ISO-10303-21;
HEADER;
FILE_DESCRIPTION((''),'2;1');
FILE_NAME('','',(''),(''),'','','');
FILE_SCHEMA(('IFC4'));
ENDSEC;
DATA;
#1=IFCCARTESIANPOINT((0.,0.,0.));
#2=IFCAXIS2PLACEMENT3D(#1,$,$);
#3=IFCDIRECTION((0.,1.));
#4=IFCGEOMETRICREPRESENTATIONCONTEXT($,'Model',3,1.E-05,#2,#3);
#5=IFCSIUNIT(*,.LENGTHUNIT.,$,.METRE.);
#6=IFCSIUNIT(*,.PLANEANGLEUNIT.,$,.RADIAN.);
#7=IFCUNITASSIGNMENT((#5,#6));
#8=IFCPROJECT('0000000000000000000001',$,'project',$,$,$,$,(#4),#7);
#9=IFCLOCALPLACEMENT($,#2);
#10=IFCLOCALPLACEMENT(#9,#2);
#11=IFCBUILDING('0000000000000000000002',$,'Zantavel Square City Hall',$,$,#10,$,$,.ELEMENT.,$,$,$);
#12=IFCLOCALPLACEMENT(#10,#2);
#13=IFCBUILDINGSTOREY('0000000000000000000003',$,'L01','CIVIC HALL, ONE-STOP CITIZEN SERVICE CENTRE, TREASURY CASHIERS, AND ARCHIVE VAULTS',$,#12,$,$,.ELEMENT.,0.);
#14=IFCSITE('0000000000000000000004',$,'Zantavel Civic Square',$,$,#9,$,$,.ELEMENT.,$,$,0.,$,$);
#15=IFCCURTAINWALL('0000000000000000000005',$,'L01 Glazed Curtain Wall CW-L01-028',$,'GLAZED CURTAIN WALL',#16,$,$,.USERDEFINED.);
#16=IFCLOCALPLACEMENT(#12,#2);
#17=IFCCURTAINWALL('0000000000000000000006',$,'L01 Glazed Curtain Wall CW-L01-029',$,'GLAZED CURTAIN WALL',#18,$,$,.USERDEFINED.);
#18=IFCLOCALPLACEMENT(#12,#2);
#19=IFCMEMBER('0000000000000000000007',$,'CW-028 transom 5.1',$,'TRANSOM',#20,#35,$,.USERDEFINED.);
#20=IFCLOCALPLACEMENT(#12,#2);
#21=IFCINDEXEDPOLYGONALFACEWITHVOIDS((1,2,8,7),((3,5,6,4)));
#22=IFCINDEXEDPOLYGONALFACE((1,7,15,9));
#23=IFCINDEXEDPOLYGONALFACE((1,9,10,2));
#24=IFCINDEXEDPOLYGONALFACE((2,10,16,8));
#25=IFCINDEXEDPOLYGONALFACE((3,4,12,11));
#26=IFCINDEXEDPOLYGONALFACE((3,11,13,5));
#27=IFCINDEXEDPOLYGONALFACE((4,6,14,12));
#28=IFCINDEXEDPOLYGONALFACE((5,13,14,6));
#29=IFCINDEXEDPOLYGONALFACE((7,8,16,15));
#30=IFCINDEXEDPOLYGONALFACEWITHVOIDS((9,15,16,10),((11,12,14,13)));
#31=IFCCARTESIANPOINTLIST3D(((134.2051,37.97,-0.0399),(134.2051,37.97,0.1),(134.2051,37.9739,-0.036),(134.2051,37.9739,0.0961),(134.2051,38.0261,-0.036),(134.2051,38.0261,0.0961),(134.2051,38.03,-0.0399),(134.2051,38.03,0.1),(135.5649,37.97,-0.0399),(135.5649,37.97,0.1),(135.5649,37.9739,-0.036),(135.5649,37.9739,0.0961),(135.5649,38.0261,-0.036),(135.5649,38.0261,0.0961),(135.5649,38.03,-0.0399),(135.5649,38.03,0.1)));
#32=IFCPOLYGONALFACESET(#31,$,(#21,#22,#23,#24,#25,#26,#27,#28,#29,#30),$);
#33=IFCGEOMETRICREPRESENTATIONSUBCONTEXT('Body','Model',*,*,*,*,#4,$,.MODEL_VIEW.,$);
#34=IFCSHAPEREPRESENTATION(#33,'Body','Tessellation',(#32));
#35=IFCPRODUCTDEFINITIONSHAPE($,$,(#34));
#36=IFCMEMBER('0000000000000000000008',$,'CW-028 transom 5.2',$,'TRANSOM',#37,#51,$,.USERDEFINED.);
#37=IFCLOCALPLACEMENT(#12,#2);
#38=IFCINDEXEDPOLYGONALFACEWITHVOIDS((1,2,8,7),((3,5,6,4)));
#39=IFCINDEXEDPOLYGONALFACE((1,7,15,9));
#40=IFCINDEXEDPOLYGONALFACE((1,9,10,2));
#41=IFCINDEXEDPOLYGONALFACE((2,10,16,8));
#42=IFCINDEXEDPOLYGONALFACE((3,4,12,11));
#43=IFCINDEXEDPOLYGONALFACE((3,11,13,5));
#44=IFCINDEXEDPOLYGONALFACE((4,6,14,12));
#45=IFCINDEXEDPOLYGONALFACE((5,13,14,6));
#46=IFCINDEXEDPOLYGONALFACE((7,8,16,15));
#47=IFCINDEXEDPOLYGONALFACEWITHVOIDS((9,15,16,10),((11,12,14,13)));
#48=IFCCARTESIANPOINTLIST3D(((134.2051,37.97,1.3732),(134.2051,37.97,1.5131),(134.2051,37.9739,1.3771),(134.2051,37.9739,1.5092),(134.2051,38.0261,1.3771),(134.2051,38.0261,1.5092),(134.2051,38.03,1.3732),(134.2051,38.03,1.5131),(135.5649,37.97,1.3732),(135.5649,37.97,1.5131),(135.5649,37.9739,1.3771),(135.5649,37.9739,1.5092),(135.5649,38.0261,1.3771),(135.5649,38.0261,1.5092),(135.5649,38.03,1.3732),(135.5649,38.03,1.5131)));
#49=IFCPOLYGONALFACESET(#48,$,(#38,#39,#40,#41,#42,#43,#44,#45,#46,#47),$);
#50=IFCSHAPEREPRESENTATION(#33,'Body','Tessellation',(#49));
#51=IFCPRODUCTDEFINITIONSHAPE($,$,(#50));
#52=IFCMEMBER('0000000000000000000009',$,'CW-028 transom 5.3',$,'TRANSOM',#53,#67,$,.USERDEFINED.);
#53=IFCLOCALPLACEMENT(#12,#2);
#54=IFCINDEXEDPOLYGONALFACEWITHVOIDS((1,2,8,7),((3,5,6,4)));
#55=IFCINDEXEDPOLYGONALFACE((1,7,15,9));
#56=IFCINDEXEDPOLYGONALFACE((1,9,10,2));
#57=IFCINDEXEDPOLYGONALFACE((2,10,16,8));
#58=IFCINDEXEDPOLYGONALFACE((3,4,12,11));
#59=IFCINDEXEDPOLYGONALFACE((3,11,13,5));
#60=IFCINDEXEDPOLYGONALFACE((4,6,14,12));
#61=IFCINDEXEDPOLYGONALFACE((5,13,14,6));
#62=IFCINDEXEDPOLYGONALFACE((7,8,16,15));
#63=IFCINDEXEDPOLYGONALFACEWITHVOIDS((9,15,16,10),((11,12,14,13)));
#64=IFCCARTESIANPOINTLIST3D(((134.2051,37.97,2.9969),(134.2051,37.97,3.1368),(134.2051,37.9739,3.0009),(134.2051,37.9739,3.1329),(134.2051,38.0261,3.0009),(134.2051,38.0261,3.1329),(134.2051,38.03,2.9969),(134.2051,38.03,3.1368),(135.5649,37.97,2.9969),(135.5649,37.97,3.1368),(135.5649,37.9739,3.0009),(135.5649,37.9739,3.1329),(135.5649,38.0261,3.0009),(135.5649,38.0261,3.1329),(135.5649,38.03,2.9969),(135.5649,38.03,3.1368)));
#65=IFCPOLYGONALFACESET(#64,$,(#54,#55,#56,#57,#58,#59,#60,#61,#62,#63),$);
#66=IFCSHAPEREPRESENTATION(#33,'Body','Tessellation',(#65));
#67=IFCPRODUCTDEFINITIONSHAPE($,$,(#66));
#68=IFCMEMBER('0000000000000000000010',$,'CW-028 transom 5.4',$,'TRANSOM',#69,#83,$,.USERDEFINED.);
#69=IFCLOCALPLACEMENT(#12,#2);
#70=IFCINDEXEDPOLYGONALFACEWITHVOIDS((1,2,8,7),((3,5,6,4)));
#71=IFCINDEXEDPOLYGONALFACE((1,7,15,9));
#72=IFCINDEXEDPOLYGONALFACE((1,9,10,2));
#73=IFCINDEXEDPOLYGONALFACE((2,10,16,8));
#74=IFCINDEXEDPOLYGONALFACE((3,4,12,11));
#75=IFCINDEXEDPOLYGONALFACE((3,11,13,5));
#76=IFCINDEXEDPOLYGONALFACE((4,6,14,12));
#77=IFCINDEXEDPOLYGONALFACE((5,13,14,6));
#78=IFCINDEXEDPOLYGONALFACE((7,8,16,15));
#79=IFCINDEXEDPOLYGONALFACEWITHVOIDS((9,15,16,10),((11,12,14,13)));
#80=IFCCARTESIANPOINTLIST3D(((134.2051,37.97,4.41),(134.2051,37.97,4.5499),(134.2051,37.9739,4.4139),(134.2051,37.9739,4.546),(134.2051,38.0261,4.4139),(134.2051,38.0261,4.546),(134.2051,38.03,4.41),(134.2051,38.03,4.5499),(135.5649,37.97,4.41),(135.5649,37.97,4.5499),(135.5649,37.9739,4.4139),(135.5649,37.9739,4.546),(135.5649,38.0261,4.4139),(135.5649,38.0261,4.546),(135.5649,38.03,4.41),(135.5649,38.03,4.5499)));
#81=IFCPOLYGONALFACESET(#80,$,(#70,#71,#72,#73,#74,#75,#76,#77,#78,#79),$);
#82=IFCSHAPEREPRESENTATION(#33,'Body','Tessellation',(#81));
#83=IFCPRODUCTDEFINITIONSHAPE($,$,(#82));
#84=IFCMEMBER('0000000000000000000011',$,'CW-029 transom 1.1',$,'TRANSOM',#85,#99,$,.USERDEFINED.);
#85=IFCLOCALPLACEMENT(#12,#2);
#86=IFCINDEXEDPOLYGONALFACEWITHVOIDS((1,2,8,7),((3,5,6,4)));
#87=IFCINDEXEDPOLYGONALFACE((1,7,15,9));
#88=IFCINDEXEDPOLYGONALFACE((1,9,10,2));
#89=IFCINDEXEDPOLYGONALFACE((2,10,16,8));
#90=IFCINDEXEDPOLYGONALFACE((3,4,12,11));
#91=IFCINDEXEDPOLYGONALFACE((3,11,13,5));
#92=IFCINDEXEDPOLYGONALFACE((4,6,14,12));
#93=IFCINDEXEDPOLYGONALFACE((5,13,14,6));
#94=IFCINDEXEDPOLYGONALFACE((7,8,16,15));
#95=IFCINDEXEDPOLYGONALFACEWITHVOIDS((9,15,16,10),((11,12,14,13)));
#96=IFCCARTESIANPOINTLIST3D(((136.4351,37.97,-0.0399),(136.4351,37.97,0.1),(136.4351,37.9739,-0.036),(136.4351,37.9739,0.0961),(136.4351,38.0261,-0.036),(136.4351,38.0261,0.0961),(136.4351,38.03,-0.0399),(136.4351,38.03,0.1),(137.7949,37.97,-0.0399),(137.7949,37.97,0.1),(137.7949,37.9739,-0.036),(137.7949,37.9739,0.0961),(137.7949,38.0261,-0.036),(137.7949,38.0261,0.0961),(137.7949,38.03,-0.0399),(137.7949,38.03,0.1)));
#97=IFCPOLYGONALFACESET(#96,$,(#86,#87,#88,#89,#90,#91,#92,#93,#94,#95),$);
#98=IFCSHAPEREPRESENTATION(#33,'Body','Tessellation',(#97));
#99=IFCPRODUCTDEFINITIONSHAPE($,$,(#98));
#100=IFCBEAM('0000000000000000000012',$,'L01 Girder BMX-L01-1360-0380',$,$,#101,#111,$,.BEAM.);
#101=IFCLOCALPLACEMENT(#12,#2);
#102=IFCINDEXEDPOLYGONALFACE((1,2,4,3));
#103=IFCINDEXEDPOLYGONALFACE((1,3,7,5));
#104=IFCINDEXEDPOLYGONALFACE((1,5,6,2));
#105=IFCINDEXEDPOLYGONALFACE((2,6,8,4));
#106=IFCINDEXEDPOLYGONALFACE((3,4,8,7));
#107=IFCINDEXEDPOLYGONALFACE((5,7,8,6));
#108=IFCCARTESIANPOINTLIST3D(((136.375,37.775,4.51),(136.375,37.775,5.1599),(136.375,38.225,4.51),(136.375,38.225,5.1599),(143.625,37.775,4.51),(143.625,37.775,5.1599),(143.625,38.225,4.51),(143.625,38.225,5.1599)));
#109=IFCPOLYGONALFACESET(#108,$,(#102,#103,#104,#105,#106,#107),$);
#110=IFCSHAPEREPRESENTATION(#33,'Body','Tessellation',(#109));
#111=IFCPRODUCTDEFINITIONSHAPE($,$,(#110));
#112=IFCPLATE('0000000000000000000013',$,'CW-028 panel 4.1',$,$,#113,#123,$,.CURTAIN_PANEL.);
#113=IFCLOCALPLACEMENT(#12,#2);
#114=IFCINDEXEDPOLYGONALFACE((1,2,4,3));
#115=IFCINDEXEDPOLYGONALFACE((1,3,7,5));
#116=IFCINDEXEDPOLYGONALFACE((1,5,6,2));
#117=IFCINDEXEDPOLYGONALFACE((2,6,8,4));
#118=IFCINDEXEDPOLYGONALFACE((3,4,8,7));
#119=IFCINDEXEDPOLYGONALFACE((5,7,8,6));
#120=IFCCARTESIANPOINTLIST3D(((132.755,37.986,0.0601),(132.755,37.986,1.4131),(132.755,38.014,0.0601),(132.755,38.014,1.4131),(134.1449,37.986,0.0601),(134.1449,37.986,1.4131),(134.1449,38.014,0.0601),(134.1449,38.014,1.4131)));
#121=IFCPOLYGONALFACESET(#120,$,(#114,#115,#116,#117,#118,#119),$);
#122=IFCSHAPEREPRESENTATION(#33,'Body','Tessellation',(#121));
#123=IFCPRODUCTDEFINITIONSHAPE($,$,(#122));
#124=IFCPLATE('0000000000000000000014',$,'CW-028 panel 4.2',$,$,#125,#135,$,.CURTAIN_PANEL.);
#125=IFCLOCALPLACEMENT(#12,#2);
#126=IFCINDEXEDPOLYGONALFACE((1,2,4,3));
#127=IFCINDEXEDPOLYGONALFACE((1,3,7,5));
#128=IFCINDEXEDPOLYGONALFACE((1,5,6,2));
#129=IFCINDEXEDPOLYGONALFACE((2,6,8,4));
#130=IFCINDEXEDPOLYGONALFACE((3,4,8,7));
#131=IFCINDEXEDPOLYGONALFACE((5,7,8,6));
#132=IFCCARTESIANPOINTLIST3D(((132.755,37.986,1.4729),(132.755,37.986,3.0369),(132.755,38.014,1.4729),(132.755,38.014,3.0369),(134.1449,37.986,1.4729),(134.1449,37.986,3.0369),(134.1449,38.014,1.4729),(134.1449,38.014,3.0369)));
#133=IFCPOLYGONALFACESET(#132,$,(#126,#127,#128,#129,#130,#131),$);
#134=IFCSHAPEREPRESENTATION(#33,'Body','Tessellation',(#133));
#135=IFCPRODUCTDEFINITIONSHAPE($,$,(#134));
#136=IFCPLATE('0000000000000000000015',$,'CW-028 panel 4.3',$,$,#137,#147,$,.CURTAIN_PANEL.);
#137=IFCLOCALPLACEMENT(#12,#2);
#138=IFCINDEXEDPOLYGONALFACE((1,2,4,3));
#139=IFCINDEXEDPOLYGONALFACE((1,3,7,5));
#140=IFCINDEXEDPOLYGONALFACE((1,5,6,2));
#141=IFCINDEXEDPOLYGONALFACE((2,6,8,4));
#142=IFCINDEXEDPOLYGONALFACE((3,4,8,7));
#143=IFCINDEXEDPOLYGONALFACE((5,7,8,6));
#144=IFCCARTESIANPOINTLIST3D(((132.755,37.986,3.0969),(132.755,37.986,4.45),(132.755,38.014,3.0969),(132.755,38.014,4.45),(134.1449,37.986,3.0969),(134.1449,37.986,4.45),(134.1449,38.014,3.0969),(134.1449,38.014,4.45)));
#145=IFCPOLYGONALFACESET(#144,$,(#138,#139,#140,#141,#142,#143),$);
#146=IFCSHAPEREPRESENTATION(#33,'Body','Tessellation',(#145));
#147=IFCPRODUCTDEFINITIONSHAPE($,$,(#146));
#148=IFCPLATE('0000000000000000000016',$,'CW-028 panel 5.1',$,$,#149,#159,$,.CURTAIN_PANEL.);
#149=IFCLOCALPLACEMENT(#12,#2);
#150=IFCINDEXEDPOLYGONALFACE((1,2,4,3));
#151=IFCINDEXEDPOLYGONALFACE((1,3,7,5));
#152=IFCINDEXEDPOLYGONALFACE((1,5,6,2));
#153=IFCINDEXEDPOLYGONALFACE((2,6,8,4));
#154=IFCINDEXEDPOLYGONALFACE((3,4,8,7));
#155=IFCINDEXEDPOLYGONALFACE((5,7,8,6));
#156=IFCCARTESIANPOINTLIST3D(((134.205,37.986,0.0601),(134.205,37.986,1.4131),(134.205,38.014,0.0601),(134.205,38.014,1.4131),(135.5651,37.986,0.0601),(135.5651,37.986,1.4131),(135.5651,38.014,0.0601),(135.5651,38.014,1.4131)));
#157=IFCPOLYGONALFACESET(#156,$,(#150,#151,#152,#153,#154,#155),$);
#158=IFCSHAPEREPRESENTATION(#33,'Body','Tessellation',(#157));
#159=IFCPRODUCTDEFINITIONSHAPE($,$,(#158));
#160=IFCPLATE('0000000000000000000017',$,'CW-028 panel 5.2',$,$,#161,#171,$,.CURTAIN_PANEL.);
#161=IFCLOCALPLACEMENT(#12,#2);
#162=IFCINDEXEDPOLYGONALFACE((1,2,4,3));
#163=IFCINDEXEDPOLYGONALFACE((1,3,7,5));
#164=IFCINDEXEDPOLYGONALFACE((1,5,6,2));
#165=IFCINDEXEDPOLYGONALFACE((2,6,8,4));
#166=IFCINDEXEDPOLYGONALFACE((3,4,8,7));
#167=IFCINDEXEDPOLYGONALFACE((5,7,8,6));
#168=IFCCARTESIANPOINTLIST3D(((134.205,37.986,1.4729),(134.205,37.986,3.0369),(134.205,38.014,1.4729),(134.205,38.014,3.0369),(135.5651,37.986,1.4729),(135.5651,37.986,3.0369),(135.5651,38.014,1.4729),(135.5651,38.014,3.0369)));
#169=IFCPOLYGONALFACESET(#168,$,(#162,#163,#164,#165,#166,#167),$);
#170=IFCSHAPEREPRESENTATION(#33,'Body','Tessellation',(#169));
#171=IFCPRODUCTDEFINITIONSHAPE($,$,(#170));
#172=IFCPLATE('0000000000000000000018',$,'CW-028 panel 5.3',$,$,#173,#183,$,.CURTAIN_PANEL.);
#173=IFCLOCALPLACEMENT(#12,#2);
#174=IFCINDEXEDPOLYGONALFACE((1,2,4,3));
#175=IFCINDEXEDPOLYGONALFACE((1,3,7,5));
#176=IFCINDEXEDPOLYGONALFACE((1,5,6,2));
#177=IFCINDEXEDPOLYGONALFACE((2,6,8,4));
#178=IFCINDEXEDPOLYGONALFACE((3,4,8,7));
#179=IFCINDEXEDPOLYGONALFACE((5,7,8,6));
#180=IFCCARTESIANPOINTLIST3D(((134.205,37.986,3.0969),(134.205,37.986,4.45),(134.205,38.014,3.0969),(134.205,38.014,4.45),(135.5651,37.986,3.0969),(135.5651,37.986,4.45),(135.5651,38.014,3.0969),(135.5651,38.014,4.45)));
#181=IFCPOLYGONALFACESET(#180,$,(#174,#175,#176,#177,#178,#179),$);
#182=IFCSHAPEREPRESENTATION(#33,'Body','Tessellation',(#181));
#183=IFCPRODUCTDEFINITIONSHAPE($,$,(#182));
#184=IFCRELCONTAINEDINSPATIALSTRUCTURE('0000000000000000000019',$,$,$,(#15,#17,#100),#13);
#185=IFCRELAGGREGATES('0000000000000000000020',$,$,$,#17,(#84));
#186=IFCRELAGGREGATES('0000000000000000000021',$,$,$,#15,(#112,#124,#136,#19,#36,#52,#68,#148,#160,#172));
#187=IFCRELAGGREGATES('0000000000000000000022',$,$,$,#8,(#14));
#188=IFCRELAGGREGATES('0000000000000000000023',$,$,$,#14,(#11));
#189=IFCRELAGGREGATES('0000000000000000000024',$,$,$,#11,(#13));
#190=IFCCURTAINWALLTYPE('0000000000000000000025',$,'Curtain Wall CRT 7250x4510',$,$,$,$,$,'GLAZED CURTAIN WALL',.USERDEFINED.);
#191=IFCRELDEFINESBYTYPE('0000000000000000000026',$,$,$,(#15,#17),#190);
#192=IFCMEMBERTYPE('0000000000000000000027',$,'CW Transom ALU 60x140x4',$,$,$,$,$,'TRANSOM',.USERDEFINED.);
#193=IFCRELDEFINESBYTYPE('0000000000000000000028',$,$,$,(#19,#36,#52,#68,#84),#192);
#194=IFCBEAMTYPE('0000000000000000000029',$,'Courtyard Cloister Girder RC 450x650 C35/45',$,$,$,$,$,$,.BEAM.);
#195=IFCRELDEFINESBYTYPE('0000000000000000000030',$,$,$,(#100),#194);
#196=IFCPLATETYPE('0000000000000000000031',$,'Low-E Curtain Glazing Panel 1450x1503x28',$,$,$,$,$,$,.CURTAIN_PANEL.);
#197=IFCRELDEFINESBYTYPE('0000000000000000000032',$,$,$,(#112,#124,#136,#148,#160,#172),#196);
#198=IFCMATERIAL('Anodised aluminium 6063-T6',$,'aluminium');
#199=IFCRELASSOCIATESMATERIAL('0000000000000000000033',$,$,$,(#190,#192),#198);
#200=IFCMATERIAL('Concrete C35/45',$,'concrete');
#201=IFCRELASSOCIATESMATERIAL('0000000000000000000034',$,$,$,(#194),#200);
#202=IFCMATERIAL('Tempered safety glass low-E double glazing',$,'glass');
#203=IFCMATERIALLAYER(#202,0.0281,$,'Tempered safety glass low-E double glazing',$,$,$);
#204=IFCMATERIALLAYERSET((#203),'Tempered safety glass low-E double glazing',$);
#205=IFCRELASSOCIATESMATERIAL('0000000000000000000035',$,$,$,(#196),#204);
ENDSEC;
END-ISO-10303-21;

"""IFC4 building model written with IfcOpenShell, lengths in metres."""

from ifc_helpers import new_model, si_unit, direction, frame, origin, origin_2d, place, context, subcontext, project, spatial, rectangle, hollow_rectangle, extrude, material, layer, layer_set, material_profile, profile_set, type_object, element, aggregate, save


model = new_model("IFC4")

# Units and contexts
model_context = context("Model", 3, precision=1e-05, world=origin(), true_north=direction((0.0, 1.0)))
body_context = subcontext(model_context, "Body", "Model", "MODEL_VIEW")
ifc_project = project(units=[si_unit("LENGTHUNIT", "METRE"), si_unit("PLANEANGLEUNIT", "RADIAN")], contexts=[model_context])

# Site, building, storey
site_placement = place(None, origin())
site = spatial("IfcSite", under=ifc_project, at=site_placement, Name="Zantavel Civic Square", CompositionType="ELEMENT", RefElevation=0.0)
building_placement = place(site_placement, origin())
building = spatial("IfcBuilding", under=site, at=building_placement, Name="Zantavel Square City Hall", CompositionType="ELEMENT")
storey_placement = place(building_placement, origin())
storey = spatial("IfcBuildingStorey", under=building, at=storey_placement, Name="L01", Description="CIVIC HALL, ONE-STOP CITIZEN SERVICE CENTRE, TREASURY CASHIERS, AND ARCHIVE VAULTS", CompositionType="ELEMENT", Elevation=0.0)

# Curtain wall
ifc_material_1 = material(Name="Anodised aluminium 6063-T6", Category="aluminium")
curtain_wall_type = type_object("IfcCurtainWallType", Name="Curtain Wall CRT 7250x4510", ElementType="GLAZED CURTAIN WALL", PredefinedType="USERDEFINED", material=ifc_material_1)
curtain_wall_1_placement = place(storey_placement, origin())
curtain_wall_1 = element("IfcCurtainWall", 1, at=curtain_wall_1_placement, inside=storey, type_object=curtain_wall_type, Name="L01 Glazed Curtain Wall CW-L01-028", ObjectType="GLAZED CURTAIN WALL", PredefinedType="USERDEFINED")

# Curtain wall
curtain_wall_2_placement = place(storey_placement, origin())
curtain_wall_2 = element("IfcCurtainWall", 2, at=curtain_wall_2_placement, inside=storey, type_object=curtain_wall_type, Name="L01 Glazed Curtain Wall CW-L01-029", ObjectType="GLAZED CURTAIN WALL", PredefinedType="USERDEFINED")

# Members
ifc_material_profile_1 = material_profile(ifc_material_1, hollow_rectangle(XDim=0.0601, YDim=0.1399, WallThickness=0.0039, at=origin_2d()), Name="ALU 60x140x4")
ifc_profile_set_1 = profile_set([ifc_material_profile_1], Name="Anodised aluminium 6063-T6")
member_type_1 = type_object("IfcMemberType", Name="CW Transom ALU 60x140x4", ElementType="TRANSOM", PredefinedType="USERDEFINED", material=ifc_profile_set_1)
member_1_placement = place(storey_placement, frame((134.2051, 38.0, 0.03), z_axis=(1.0, 0.0, 0.0), x_axis=(0.0, 1.0, 0.0)))
member_1 = element("IfcMember", 3, at=member_1_placement, type_object=member_type_1, Name="CW-028 transom 5.1", ObjectType="TRANSOM", PredefinedType="USERDEFINED", context=body_context, shape_type="SweptSolid", body=[
    extrude(hollow_rectangle(XDim=0.0601, YDim=0.1399, WallThickness=0.0039, at=origin_2d()), origin(), (0.0, 0.0, 1.0), 1.3599),
])
member_2_placement = place(storey_placement, frame((134.2051, 38.0, 1.4431), z_axis=(1.0, 0.0, 0.0), x_axis=(0.0, 1.0, 0.0)))
member_2 = element("IfcMember", 4, at=member_2_placement, type_object=member_type_1, Name="CW-028 transom 5.2", ObjectType="TRANSOM", PredefinedType="USERDEFINED", context=body_context, shape_type="SweptSolid", body=[
    extrude(hollow_rectangle(XDim=0.0601, YDim=0.1399, WallThickness=0.0039, at=origin_2d()), origin(), (0.0, 0.0, 1.0), 1.3599),
])
member_3_placement = place(storey_placement, frame((134.2051, 38.0, 3.0669), z_axis=(1.0, 0.0, 0.0), x_axis=(0.0, 1.0, 0.0)))
member_3 = element("IfcMember", 5, at=member_3_placement, type_object=member_type_1, Name="CW-028 transom 5.3", ObjectType="TRANSOM", PredefinedType="USERDEFINED", context=body_context, shape_type="SweptSolid", body=[
    extrude(hollow_rectangle(XDim=0.0601, YDim=0.1399, WallThickness=0.0039, at=origin_2d()), origin(), (0.0, 0.0, 1.0), 1.3599),
])
member_4_placement = place(storey_placement, frame((134.2051, 38.0, 4.48), z_axis=(1.0, 0.0, 0.0), x_axis=(0.0, 1.0, 0.0)))
member_4 = element("IfcMember", 6, at=member_4_placement, type_object=member_type_1, Name="CW-028 transom 5.4", ObjectType="TRANSOM", PredefinedType="USERDEFINED", context=body_context, shape_type="SweptSolid", body=[
    extrude(hollow_rectangle(XDim=0.0601, YDim=0.1399, WallThickness=0.0039, at=origin_2d()), origin(), (0.0, 0.0, 1.0), 1.3599),
])
member_5_placement = place(storey_placement, frame((136.4351, 38.0, 0.03), z_axis=(1.0, 0.0, 0.0), x_axis=(0.0, 1.0, 0.0)))
member_5 = element("IfcMember", 7, at=member_5_placement, type_object=member_type_1, Name="CW-029 transom 1.1", ObjectType="TRANSOM", PredefinedType="USERDEFINED", context=body_context, shape_type="SweptSolid", body=[
    extrude(hollow_rectangle(XDim=0.0601, YDim=0.1399, WallThickness=0.0039, at=origin_2d()), origin(), (0.0, 0.0, 1.0), 1.3599),
])
aggregate(curtain_wall_2, [member_5])

# Beam
ifc_material_2 = material(Name="Concrete C35/45", Category="concrete")
ifc_material_profile_2 = material_profile(ifc_material_2, rectangle(XDim=0.45, YDim=0.6499, at=origin_2d()), Name="RC 450x650")
ifc_profile_set_2 = profile_set([ifc_material_profile_2], Name="Concrete C35/45")
beam_type = type_object("IfcBeamType", Name="Courtyard Cloister Girder RC 450x650 C35/45", PredefinedType="BEAM", material=ifc_profile_set_2)
beam_placement = place(storey_placement, frame((136.375, 38.0, 4.835), z_axis=(1.0, 0.0, 0.0), x_axis=(0.0, 1.0, 0.0)))
element("IfcBeam", 8, at=beam_placement, inside=storey, type_object=beam_type, Name="L01 Girder BMX-L01-1360-0380", PredefinedType="BEAM", context=body_context, shape_type="SweptSolid", body=[
    extrude(rectangle(XDim=0.45, YDim=0.6499, at=origin_2d()), origin(), (0.0, 0.0, 1.0), 7.25),
])

# Plates
ifc_material_3 = material(Name="Tempered safety glass low-E double glazing", Category="glass")
ifc_layer = layer(ifc_material_3, 0.0281, Name="Tempered safety glass low-E double glazing")
ifc_layer_set = layer_set([ifc_layer], Name="Tempered safety glass low-E double glazing")
plate_type = type_object("IfcPlateType", Name="Low-E Curtain Glazing Panel 1450x1503x28", PredefinedType="CURTAIN_PANEL", material=ifc_layer_set)
plate_1_placement = place(storey_placement, frame((133.45, 38.0, 0.0601), z_axis=(0.0, 0.0, 1.0), x_axis=(1.0, 0.0, 0.0)))
plate_1 = element("IfcPlate", 9, at=plate_1_placement, type_object=plate_type, Name="CW-028 panel 4.1", PredefinedType="CURTAIN_PANEL", context=body_context, shape_type="SweptSolid", body=[
    extrude(rectangle(XDim=1.3899, YDim=0.0281, at=origin_2d()), origin(), (0.0, 0.0, 1.0), 1.353),
])
plate_2_placement = place(storey_placement, frame((133.45, 38.0, 1.4729), z_axis=(0.0, 0.0, 1.0), x_axis=(1.0, 0.0, 0.0)))
plate_2 = element("IfcPlate", 10, at=plate_2_placement, type_object=plate_type, Name="CW-028 panel 4.2", PredefinedType="CURTAIN_PANEL", context=body_context, shape_type="SweptSolid", body=[
    extrude(rectangle(XDim=1.3899, YDim=0.0281, at=origin_2d()), origin(), (0.0, 0.0, 1.0), 1.564),
])
plate_3_placement = place(storey_placement, frame((133.45, 38.0, 3.0969), z_axis=(0.0, 0.0, 1.0), x_axis=(1.0, 0.0, 0.0)))
plate_3 = element("IfcPlate", 11, at=plate_3_placement, type_object=plate_type, Name="CW-028 panel 4.3", PredefinedType="CURTAIN_PANEL", context=body_context, shape_type="SweptSolid", body=[
    extrude(rectangle(XDim=1.3899, YDim=0.0281, at=origin_2d()), origin(), (0.0, 0.0, 1.0), 1.353),
])
plate_4_placement = place(storey_placement, frame((134.885, 38.0, 0.0601), z_axis=(0.0, 0.0, 1.0), x_axis=(1.0, 0.0, 0.0)))
plate_4 = element("IfcPlate", 12, at=plate_4_placement, type_object=plate_type, Name="CW-028 panel 5.1", PredefinedType="CURTAIN_PANEL", context=body_context, shape_type="SweptSolid", body=[
    extrude(rectangle(XDim=1.3601, YDim=0.0281, at=origin_2d()), origin(), (0.0, 0.0, 1.0), 1.353),
])
plate_5_placement = place(storey_placement, frame((134.885, 38.0, 1.4729), z_axis=(0.0, 0.0, 1.0), x_axis=(1.0, 0.0, 0.0)))
plate_5 = element("IfcPlate", 13, at=plate_5_placement, type_object=plate_type, Name="CW-028 panel 5.2", PredefinedType="CURTAIN_PANEL", context=body_context, shape_type="SweptSolid", body=[
    extrude(rectangle(XDim=1.3601, YDim=0.0281, at=origin_2d()), origin(), (0.0, 0.0, 1.0), 1.564),
])
plate_6_placement = place(storey_placement, frame((134.885, 38.0, 3.0969), z_axis=(0.0, 0.0, 1.0), x_axis=(1.0, 0.0, 0.0)))
plate_6 = element("IfcPlate", 14, at=plate_6_placement, type_object=plate_type, Name="CW-028 panel 5.3", PredefinedType="CURTAIN_PANEL", context=body_context, shape_type="SweptSolid", body=[
    extrude(rectangle(XDim=1.3601, YDim=0.0281, at=origin_2d()), origin(), (0.0, 0.0, 1.0), 1.353),
])
aggregate(curtain_wall_1, [plate_1, plate_2, plate_3, member_1, member_2, member_3, member_4, plate_4, plate_5, plate_6])

save(model, "model.ifc")
